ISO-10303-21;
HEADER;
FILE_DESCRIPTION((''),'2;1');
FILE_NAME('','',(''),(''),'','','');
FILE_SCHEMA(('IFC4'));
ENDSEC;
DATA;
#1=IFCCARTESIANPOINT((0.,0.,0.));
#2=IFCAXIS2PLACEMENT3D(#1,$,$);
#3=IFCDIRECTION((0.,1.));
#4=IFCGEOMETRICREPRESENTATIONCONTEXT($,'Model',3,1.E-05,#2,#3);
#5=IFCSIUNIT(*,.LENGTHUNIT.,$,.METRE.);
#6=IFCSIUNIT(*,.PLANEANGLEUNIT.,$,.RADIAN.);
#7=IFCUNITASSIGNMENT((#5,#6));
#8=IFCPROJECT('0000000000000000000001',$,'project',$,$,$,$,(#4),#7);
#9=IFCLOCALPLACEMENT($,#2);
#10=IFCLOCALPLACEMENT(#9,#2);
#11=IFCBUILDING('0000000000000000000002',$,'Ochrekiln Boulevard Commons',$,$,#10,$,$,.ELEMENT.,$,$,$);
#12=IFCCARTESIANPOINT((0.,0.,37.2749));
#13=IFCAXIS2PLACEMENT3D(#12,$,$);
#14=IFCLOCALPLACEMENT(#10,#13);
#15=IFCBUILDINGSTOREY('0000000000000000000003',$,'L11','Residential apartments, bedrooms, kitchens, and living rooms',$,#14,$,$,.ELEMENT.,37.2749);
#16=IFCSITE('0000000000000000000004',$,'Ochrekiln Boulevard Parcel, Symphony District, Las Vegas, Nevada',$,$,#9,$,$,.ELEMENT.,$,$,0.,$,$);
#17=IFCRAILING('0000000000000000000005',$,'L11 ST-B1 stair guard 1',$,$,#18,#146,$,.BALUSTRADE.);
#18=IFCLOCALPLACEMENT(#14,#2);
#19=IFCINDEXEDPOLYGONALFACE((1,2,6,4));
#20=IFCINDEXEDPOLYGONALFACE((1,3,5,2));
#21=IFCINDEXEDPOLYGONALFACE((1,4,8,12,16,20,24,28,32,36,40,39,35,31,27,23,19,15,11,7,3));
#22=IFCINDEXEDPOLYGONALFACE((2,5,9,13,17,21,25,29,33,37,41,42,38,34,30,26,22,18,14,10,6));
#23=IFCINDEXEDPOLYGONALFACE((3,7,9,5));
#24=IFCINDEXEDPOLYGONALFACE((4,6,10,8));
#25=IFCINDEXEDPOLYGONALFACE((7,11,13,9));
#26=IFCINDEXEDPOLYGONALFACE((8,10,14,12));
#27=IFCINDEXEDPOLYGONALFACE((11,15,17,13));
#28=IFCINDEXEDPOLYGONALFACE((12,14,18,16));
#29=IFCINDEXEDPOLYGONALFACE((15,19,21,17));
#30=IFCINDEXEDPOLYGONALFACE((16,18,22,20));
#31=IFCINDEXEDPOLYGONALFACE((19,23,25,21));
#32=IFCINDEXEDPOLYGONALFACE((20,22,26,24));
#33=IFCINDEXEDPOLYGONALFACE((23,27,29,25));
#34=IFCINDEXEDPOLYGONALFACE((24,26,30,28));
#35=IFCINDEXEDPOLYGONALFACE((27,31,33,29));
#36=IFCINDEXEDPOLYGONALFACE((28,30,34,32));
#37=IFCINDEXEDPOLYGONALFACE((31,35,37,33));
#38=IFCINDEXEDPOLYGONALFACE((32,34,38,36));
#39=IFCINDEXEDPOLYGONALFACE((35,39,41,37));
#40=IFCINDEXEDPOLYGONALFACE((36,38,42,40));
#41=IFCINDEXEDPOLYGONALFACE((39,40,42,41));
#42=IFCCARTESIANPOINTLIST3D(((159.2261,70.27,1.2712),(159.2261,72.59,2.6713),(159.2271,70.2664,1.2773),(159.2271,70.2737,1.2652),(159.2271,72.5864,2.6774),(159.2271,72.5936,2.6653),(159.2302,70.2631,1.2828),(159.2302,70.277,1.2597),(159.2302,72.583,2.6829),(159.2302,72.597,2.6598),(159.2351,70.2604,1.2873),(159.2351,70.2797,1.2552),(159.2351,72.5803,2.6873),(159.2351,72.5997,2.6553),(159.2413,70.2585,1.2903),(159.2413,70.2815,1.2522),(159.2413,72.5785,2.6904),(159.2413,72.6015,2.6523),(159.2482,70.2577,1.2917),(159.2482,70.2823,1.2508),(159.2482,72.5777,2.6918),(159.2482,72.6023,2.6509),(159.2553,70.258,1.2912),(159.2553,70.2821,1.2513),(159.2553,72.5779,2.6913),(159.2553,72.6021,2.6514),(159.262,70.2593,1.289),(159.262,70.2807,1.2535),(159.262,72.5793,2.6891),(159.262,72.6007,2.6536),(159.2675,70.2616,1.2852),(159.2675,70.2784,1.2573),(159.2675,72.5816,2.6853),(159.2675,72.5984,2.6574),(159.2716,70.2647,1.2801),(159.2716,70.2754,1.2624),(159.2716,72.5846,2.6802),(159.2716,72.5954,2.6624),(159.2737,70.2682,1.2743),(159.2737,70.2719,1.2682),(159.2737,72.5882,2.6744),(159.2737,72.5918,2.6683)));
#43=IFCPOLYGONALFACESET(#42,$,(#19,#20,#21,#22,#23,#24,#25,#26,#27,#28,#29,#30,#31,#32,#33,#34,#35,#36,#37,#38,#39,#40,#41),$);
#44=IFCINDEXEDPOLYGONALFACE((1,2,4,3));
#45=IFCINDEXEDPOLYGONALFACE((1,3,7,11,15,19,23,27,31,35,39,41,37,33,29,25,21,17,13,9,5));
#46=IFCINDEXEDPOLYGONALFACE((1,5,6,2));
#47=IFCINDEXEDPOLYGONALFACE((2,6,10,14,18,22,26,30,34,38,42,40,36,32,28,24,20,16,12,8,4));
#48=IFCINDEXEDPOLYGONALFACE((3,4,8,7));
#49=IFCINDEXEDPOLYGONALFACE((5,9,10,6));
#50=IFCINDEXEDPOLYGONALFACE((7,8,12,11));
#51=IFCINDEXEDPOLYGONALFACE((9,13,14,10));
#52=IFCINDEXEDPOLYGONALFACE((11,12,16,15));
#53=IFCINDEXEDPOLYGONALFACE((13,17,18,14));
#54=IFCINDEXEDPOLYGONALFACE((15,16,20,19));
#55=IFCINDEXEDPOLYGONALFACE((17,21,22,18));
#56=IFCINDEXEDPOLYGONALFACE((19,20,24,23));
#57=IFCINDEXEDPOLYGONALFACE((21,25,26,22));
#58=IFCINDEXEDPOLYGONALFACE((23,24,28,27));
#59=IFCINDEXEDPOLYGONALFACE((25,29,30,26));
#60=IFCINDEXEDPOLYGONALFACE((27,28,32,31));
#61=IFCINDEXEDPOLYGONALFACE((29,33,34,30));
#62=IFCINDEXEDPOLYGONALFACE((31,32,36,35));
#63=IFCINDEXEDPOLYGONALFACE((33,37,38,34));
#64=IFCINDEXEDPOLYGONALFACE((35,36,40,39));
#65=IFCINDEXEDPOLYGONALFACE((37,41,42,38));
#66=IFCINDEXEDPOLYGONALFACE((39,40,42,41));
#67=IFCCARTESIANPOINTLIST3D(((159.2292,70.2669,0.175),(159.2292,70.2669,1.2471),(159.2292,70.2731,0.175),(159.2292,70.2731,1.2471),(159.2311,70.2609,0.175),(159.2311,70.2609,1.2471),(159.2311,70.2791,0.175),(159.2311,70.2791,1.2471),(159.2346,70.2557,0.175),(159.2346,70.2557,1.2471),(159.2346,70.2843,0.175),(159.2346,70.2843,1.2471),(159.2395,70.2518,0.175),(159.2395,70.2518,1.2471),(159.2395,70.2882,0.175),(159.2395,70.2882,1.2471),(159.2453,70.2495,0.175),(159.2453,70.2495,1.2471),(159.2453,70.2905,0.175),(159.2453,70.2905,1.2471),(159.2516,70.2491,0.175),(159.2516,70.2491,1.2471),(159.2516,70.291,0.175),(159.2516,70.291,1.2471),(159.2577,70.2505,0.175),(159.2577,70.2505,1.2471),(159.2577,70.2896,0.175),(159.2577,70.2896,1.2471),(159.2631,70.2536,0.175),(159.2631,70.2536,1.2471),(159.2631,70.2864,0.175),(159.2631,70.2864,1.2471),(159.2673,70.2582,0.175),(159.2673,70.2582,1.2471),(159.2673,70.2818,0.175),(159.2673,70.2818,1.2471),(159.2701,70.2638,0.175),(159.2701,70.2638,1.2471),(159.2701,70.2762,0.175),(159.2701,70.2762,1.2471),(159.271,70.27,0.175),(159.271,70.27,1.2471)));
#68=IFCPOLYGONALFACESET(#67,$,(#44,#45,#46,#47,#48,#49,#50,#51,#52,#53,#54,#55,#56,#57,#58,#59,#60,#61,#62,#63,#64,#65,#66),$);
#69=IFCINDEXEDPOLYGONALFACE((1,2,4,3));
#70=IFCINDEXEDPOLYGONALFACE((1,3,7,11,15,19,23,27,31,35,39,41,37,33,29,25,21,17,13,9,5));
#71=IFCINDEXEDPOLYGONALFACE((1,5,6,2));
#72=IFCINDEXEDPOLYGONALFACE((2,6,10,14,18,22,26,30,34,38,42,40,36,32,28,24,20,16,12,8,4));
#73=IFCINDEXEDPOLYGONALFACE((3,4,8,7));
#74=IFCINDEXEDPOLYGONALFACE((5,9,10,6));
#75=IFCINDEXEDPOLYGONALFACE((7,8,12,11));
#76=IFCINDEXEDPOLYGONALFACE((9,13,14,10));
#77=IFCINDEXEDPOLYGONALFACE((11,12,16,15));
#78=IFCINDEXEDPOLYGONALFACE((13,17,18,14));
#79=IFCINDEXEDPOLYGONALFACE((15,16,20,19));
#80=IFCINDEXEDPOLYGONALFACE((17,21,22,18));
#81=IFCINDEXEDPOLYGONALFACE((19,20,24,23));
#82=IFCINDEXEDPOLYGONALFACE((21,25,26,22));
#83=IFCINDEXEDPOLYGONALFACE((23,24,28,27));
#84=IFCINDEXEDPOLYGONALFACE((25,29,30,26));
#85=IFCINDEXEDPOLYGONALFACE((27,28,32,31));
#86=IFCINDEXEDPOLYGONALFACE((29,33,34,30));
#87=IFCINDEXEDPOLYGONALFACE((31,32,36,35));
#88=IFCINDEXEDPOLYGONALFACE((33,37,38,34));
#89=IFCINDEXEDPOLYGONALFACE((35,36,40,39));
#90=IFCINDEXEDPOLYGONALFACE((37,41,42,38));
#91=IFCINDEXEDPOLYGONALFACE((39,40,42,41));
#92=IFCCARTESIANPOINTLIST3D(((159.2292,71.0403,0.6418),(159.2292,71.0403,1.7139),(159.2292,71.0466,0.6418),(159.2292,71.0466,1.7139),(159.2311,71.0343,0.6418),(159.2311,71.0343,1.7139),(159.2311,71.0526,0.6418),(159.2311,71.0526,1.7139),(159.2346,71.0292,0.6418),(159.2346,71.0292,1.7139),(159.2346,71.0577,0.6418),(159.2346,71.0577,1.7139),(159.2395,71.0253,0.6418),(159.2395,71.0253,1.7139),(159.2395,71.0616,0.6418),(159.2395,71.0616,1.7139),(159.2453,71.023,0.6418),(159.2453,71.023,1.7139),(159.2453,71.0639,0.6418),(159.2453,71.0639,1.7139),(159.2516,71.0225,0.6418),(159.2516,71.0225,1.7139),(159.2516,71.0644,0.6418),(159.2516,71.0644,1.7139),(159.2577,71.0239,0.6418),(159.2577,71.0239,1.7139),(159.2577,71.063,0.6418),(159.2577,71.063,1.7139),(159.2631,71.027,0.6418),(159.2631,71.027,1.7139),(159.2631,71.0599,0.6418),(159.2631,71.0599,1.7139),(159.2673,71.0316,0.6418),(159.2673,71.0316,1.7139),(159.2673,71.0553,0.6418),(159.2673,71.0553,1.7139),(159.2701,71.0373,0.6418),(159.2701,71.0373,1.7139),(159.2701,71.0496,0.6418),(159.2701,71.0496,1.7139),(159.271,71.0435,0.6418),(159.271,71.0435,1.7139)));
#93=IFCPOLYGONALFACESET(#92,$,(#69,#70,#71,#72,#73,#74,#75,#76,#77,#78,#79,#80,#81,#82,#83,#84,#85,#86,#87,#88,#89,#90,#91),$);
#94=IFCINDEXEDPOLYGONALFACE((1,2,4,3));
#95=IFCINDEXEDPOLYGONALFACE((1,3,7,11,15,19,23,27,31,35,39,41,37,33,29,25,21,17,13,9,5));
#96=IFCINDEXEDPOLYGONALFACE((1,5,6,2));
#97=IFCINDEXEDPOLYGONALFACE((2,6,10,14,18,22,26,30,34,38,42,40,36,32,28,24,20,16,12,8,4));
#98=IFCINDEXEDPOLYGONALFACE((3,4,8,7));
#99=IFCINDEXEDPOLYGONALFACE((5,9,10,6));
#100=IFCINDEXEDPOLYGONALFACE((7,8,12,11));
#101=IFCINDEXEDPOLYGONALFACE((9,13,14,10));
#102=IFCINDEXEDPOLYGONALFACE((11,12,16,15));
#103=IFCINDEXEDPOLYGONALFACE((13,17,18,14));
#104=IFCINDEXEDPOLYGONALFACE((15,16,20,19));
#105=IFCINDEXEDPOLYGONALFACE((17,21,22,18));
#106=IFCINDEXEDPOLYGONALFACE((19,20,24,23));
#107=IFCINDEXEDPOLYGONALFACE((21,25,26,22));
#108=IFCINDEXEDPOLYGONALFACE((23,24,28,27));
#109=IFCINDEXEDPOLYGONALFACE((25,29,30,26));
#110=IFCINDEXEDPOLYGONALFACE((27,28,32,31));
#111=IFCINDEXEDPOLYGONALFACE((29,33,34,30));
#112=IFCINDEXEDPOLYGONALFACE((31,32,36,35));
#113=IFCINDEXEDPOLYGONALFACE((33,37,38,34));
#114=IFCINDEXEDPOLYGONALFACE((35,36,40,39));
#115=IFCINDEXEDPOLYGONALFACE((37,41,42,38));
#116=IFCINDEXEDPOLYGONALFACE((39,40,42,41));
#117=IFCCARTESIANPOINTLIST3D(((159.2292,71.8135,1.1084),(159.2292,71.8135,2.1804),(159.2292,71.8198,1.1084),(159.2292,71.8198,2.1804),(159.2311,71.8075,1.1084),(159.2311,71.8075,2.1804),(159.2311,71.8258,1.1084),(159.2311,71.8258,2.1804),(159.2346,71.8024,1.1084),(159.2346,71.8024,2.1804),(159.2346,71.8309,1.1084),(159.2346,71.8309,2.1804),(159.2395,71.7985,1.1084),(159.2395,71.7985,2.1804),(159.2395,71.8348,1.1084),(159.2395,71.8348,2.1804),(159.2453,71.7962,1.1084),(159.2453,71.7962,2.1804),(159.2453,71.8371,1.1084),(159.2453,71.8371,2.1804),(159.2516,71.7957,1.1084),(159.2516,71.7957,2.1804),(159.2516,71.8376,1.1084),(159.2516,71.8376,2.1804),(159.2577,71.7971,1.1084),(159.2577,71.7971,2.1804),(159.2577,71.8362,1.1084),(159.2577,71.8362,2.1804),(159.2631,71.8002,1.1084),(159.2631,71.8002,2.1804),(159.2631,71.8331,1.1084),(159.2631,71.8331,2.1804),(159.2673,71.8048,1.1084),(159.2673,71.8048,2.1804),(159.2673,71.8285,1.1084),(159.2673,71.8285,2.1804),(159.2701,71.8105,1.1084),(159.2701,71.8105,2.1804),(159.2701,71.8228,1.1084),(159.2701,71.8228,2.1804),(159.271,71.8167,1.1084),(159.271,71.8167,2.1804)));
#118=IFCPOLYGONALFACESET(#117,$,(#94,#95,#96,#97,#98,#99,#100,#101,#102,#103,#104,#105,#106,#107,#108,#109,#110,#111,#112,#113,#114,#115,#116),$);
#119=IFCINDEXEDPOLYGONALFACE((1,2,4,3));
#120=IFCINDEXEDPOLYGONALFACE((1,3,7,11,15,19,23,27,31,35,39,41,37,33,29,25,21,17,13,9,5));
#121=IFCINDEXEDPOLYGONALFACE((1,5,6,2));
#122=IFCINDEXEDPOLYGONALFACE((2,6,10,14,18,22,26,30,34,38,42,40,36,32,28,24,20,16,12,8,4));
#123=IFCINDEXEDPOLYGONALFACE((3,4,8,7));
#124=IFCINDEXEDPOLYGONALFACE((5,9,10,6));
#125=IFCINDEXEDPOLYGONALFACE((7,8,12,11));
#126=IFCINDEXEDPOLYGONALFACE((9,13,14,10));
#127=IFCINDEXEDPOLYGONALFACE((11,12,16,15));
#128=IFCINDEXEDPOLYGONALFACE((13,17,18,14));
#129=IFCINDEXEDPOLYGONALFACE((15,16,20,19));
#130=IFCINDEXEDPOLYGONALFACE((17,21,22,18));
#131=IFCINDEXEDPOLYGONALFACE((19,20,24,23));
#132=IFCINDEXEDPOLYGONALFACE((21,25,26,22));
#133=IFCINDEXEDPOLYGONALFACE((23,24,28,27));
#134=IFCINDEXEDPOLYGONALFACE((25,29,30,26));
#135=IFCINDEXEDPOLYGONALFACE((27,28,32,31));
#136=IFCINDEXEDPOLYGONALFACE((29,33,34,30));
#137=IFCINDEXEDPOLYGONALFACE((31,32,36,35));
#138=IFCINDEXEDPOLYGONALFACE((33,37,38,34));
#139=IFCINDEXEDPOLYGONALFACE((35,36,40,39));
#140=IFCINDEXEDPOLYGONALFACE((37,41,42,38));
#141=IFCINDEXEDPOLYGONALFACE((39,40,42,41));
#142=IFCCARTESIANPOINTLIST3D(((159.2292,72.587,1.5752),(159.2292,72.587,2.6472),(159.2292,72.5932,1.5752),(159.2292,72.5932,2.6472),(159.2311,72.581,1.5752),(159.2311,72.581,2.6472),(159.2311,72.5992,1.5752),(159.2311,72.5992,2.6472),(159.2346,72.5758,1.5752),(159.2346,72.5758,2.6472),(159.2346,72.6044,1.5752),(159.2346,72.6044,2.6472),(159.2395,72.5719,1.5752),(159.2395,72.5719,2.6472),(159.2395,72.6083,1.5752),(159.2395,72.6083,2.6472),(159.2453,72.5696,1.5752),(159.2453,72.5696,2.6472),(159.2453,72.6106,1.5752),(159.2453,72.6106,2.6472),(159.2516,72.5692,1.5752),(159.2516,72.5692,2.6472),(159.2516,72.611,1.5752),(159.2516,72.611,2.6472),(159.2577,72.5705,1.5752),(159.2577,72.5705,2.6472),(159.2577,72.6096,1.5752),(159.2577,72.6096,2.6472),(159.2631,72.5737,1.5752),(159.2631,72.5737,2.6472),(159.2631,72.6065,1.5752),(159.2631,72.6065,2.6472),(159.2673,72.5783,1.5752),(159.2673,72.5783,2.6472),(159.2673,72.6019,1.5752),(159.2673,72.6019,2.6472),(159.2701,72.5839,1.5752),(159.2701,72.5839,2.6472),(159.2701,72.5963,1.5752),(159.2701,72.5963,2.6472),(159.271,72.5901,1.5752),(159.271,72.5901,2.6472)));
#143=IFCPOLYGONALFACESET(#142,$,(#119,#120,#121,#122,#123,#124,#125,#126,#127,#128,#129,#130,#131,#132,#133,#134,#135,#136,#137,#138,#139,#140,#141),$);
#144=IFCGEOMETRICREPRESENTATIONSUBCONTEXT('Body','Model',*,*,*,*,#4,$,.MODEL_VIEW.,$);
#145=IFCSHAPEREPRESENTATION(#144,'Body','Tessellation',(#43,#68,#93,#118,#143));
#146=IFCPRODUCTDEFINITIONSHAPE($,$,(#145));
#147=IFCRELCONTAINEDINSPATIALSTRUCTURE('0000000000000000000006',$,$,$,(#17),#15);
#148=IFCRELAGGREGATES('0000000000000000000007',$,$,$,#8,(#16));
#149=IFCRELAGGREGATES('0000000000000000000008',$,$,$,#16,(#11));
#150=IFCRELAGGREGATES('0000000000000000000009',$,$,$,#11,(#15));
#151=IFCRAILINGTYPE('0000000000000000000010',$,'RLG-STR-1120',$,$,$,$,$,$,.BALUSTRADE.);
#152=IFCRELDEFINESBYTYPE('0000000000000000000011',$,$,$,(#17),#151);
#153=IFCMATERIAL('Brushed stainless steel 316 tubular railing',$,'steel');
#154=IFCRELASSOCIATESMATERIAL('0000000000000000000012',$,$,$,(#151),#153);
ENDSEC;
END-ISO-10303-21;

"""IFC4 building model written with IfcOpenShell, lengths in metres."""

from ifc_helpers import new_model, si_unit, direction, frame, origin, origin_2d, place, context, subcontext, project, spatial, circle, extrude, material, type_object, element, save


model = new_model("IFC4")

# Units and contexts
model_context = context("Model", 3, precision=1e-05, world=origin(), true_north=direction((0.0, 1.0)))
body_context = subcontext(model_context, "Body", "Model", "MODEL_VIEW")
ifc_project = project(units=[si_unit("LENGTHUNIT", "METRE"), si_unit("PLANEANGLEUNIT", "RADIAN")], contexts=[model_context])

# Site, building, storey
site_placement = place(None, origin())
site = spatial("IfcSite", under=ifc_project, at=site_placement, Name="Ochrekiln Boulevard Parcel, Symphony District, Las Vegas, Nevada", CompositionType="ELEMENT", RefElevation=0.0)
building_placement = place(site_placement, origin())
building = spatial("IfcBuilding", under=site, at=building_placement, Name="Ochrekiln Boulevard Commons", CompositionType="ELEMENT")
storey_placement = place(building_placement, frame((0.0, 0.0, 37.2749)))
storey = spatial("IfcBuildingStorey", under=building, at=storey_placement, Name="L11", Description="Residential apartments, bedrooms, kitchens, and living rooms", CompositionType="ELEMENT", Elevation=37.2749)

# Railing
ifc_material_1 = material(Name="Brushed stainless steel 316 tubular railing", Category="steel")
railing_type_1 = type_object("IfcRailingType", Name="RLG-STR-1120", PredefinedType="BALUSTRADE", material=ifc_material_1)
railing_1_placement = place(storey_placement, frame((159.25, 70.27, 0.175)))
element("IfcRailing", 1, at=railing_1_placement, inside=storey, type_object=railing_type_1, Name="L11 ST-B1 stair guard 1", PredefinedType="BALUSTRADE", context=body_context, shape_type="SweptSolid", body=[
    extrude(circle(Radius=0.0239, at=origin_2d()), frame((0.0, 0.0, 1.0962), z_axis=(0.0, 0.85617, 0.516693), x_axis=(-1.0, 0.0, 0.0)), (0.0, 0.0, 1.0), 2.7097),
    extrude(circle(Radius=0.021, at=origin_2d()), origin(), (0.0, 0.0, 1.0), 1.072),
    extrude(circle(Radius=0.021, at=origin_2d()), frame((0.0, 0.7734, 0.4668)), (0.0, 0.0, 1.0), 1.072),
    extrude(circle(Radius=0.021, at=origin_2d()), frame((0.0, 1.5466, 0.9333)), (0.0, 0.0, 1.0), 1.072),
    extrude(circle(Radius=0.021, at=origin_2d()), frame((0.0, 2.3201, 1.4001)), (0.0, 0.0, 1.0), 1.072),
])

save(model, "model.ifc")
